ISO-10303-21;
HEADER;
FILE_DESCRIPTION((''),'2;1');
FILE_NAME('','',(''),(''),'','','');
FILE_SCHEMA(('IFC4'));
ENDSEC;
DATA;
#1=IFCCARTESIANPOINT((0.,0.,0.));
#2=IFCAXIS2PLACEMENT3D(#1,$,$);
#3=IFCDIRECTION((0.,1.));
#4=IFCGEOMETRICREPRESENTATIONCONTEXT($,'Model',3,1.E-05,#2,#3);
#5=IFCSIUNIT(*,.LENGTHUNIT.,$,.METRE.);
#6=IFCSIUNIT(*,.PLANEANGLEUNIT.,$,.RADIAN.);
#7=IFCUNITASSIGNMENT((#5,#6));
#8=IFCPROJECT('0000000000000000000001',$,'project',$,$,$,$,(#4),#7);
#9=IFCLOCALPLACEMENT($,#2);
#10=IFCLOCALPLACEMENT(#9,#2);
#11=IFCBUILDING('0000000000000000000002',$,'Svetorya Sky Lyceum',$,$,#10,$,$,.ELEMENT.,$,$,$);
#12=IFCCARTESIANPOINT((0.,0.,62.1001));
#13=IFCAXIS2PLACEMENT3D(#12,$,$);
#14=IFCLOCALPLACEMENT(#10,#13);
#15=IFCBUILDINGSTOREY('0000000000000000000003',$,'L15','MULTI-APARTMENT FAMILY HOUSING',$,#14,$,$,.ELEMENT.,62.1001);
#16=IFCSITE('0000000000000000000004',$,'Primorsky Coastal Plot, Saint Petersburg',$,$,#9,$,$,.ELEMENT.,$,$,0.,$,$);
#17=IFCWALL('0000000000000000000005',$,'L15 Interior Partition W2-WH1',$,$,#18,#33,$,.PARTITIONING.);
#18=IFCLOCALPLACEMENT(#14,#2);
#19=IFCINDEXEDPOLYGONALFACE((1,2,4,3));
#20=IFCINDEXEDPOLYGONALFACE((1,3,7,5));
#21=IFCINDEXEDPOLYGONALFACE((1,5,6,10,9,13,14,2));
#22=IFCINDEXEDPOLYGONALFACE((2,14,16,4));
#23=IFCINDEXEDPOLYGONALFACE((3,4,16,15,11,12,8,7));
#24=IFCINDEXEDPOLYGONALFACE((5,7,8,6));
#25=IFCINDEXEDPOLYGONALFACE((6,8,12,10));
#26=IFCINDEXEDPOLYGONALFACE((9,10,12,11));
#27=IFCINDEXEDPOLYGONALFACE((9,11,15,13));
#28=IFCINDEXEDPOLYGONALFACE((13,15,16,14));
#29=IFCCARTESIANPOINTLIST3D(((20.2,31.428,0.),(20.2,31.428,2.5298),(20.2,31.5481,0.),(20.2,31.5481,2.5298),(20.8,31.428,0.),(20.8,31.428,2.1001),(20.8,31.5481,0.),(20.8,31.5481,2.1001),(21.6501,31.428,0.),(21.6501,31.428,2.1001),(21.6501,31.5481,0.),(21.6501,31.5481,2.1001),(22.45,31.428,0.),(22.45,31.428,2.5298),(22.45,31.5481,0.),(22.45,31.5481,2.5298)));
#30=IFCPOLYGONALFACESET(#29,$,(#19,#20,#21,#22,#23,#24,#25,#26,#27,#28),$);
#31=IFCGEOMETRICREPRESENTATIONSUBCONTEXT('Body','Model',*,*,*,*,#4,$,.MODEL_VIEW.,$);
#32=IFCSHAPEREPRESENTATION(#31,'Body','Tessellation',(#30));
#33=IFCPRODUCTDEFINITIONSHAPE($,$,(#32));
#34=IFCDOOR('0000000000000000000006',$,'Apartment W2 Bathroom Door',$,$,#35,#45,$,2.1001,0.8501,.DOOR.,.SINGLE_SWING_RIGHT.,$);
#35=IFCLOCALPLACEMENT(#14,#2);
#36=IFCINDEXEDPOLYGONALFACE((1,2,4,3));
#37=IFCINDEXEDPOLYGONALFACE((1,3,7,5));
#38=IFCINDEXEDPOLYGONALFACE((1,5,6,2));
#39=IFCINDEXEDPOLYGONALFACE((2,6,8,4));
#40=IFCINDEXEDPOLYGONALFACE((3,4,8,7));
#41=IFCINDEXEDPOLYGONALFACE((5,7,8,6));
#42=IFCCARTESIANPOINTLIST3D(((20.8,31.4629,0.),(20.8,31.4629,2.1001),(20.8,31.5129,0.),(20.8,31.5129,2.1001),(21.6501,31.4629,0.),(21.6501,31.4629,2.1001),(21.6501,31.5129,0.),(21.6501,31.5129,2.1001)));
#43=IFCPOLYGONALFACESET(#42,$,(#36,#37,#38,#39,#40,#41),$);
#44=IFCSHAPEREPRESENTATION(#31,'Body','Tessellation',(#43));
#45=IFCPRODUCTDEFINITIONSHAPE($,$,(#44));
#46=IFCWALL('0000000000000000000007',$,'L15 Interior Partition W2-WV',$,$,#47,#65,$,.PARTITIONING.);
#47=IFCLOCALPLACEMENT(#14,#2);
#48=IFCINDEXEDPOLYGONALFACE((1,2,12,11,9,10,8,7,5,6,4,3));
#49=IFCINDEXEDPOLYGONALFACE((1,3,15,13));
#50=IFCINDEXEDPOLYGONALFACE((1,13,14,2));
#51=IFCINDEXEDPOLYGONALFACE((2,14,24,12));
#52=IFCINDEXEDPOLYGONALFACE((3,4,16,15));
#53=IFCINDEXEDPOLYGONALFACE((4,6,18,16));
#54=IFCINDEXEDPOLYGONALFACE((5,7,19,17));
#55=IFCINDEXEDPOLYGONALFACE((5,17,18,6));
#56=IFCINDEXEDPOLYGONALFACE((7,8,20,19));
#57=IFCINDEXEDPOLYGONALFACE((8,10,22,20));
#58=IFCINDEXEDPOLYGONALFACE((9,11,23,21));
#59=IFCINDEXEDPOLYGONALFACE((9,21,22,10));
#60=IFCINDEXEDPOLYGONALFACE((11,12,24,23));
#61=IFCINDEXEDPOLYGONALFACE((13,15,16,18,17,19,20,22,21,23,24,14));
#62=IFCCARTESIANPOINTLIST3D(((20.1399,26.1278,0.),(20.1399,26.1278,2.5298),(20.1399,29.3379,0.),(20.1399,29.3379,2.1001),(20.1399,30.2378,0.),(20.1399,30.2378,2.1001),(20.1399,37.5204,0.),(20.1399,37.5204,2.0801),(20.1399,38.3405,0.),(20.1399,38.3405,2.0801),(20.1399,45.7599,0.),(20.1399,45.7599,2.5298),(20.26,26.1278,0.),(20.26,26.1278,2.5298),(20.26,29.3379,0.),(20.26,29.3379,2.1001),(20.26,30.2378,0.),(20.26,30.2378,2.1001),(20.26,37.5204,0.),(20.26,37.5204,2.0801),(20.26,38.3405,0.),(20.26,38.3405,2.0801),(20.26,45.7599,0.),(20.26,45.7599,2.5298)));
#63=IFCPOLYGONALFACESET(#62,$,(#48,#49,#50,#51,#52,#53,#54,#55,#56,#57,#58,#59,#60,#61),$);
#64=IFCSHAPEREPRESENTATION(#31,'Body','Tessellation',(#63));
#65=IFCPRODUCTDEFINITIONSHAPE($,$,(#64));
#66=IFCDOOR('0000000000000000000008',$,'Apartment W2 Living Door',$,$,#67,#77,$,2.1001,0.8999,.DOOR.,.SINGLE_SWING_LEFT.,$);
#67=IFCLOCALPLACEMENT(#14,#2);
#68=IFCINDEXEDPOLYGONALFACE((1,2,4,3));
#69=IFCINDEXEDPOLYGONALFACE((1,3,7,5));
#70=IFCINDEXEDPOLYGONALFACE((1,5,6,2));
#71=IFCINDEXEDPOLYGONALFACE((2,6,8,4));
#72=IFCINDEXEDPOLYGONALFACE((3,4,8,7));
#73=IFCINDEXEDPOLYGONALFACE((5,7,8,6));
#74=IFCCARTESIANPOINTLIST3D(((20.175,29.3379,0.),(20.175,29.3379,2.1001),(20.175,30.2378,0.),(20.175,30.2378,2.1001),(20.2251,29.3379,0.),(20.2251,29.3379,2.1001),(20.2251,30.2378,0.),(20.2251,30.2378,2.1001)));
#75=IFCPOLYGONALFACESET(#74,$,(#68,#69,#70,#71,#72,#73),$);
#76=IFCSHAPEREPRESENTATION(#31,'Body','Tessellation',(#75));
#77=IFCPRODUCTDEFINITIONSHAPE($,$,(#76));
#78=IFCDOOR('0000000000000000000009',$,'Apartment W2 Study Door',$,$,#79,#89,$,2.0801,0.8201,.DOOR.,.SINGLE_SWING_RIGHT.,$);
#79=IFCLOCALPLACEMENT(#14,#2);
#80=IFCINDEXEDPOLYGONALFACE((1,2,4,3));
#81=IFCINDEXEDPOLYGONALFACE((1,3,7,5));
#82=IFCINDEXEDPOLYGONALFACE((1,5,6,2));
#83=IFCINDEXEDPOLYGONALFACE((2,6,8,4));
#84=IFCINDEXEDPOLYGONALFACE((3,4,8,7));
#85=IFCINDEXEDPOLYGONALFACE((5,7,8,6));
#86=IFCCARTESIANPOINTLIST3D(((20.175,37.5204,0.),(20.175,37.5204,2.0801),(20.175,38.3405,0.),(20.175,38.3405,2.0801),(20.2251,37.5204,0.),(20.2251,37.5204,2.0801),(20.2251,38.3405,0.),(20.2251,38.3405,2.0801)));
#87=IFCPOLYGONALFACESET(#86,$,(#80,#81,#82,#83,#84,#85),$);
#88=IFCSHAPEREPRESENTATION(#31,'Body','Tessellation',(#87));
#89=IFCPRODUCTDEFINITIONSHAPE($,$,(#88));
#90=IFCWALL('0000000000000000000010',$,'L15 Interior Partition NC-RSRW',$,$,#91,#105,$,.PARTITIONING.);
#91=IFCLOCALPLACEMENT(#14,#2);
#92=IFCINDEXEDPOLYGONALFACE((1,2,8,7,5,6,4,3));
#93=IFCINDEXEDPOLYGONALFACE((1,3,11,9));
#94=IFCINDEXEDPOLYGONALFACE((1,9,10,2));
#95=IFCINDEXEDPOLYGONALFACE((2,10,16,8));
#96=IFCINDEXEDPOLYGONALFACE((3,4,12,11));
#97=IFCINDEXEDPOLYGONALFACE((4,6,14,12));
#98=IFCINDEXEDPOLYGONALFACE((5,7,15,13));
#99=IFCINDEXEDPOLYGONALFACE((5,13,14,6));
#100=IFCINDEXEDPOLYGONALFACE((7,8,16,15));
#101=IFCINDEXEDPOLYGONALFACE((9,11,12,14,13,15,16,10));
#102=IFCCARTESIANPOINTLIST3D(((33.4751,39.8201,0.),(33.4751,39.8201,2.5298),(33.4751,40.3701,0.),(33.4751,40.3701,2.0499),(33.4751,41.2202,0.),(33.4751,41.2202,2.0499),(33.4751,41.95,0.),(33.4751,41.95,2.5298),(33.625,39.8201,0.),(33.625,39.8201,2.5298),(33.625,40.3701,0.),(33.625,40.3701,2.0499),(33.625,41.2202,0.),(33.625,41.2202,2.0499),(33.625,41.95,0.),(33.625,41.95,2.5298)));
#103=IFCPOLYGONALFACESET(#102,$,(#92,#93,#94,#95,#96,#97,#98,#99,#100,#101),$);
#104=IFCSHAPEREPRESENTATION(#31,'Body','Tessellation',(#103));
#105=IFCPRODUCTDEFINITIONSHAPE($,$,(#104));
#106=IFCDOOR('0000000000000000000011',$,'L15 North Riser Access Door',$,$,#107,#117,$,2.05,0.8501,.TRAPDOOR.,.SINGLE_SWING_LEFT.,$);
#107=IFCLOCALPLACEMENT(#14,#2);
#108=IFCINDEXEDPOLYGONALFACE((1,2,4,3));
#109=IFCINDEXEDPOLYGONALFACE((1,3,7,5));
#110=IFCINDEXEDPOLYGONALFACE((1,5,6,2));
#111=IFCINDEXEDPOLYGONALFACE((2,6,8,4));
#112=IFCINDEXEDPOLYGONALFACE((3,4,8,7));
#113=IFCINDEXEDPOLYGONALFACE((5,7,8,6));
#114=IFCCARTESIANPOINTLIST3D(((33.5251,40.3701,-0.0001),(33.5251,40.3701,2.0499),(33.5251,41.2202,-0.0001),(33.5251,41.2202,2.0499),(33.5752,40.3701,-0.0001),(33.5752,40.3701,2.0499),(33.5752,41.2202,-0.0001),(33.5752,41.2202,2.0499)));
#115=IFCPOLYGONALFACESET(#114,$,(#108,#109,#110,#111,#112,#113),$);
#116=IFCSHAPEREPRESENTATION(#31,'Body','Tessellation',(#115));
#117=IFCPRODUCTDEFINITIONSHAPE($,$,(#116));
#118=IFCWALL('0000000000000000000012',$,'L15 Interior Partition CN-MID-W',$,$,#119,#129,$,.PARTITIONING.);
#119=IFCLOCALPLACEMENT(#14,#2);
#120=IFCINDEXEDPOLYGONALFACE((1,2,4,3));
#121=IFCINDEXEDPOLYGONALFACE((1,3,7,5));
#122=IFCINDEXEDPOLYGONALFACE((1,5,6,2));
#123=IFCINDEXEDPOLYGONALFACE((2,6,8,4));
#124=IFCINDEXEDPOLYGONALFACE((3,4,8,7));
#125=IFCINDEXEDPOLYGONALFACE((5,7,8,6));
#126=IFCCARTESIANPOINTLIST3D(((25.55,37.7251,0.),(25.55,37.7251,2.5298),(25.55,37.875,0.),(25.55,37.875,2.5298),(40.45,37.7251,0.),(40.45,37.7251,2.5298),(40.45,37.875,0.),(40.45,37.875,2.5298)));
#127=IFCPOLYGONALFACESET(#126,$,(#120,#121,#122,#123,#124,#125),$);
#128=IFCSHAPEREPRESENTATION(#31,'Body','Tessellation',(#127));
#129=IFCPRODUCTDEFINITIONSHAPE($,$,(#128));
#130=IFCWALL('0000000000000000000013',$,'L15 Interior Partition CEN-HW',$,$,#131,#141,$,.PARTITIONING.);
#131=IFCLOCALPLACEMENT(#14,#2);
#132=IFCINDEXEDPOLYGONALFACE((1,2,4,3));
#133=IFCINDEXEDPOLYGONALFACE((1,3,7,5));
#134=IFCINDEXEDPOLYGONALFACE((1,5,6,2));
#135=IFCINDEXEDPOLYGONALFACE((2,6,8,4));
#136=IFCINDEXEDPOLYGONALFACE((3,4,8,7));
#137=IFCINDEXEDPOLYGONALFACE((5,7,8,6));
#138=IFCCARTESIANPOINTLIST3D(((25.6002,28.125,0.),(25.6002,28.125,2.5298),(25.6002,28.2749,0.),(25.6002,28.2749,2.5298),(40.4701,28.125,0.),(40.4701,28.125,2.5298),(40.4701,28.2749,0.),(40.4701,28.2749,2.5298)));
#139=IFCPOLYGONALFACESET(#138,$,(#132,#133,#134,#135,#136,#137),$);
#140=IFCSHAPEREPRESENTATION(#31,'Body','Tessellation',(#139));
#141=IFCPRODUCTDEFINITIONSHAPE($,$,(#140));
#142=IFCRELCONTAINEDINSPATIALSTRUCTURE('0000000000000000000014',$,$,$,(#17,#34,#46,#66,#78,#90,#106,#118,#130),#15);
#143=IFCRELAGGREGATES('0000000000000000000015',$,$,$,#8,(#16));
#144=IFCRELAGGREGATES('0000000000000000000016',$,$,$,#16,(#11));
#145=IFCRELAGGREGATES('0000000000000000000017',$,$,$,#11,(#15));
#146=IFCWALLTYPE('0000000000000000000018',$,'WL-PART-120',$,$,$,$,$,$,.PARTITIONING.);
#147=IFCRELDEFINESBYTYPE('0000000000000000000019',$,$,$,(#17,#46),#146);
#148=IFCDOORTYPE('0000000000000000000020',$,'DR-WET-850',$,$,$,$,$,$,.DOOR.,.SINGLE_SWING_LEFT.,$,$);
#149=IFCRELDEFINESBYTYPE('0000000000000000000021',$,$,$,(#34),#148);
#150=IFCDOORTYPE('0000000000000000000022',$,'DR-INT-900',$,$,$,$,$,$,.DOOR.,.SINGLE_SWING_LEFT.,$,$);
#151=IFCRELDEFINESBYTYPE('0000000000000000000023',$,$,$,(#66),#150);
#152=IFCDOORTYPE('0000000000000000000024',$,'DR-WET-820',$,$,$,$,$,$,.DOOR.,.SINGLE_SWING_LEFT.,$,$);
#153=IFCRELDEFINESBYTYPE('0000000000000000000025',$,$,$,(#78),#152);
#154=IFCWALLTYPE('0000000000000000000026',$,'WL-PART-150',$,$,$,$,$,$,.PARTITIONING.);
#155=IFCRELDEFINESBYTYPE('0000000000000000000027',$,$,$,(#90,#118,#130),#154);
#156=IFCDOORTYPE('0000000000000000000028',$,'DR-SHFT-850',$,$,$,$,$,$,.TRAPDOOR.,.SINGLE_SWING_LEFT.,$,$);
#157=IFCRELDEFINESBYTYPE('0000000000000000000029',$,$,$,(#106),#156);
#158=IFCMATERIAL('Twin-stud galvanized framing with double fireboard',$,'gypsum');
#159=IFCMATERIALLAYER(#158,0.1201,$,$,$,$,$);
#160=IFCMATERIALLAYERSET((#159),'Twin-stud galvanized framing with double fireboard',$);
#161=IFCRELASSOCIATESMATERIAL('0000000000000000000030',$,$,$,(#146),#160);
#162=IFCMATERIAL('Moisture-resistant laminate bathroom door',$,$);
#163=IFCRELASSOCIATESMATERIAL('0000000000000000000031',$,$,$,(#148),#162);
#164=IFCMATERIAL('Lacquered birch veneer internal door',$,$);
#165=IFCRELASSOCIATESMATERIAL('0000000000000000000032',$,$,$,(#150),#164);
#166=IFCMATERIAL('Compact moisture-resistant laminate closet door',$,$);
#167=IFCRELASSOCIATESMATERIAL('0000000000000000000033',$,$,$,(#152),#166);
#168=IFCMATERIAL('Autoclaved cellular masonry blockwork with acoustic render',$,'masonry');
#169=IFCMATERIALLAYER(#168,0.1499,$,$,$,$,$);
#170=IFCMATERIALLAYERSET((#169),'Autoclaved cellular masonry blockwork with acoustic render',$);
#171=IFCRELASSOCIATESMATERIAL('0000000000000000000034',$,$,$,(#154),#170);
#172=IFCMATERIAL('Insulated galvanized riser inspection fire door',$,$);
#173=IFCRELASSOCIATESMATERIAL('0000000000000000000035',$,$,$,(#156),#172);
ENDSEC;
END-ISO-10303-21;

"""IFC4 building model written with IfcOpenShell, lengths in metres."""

from ifc_helpers import new_model, si_unit, direction, frame, frame_2d, origin, place, context, subcontext, project, spatial, rectangle, extrude, material, layer, layer_set, type_object, element, fill, save


model = new_model("IFC4")

# Units and contexts
model_context = context("Model", 3, precision=1e-05, world=origin(), true_north=direction((0.0, 1.0)))
body_context = subcontext(model_context, "Body", "Model", "MODEL_VIEW")
ifc_project = project(units=[si_unit("LENGTHUNIT", "METRE"), si_unit("PLANEANGLEUNIT", "RADIAN")], contexts=[model_context])

# Site, building, storey
site_placement = place(None, origin())
site = spatial("IfcSite", under=ifc_project, at=site_placement, Name="Primorsky Coastal Plot, Saint Petersburg", CompositionType="ELEMENT", RefElevation=0.0)
building_placement = place(site_placement, origin())
building = spatial("IfcBuilding", under=site, at=building_placement, Name="Svetorya Sky Lyceum", CompositionType="ELEMENT")
storey_placement = place(building_placement, frame((0.0, 0.0, 62.1001)))
storey = spatial("IfcBuildingStorey", under=building, at=storey_placement, Name="L15", Description="MULTI-APARTMENT FAMILY HOUSING", CompositionType="ELEMENT", Elevation=62.1001)

# Wall, opening, door
ifc_material_1 = material(Name="Twin-stud galvanized framing with double fireboard", Category="gypsum")
ifc_layer_1 = layer(ifc_material_1, 0.1201)
ifc_layer_set_1 = layer_set([ifc_layer_1], Name="Twin-stud galvanized framing with double fireboard")
wall_type_1 = type_object("IfcWallType", Name="WL-PART-120", PredefinedType="PARTITIONING", material=ifc_layer_set_1)
wall_1_placement = place(storey_placement, frame((20.2, 31.488, 0.0), z_axis=(0.0, 0.0, 1.0), x_axis=(1.0, 0.0, 0.0)))
wall_1 = element("IfcWall", 1, at=wall_1_placement, inside=storey, type_object=wall_type_1, Name="L15 Interior Partition W2-WH1", PredefinedType="PARTITIONING", context=body_context, shape_type="SweptSolid", body=[
    extrude(rectangle(XDim=2.25, YDim=0.1201, at=frame_2d((1.125, 0.0))), origin(), (0.0, 0.0, 1.0), 2.5298),
])
opening_1_placement = place(wall_1_placement, frame((0.6001, 0.0, 0.0)))
opening_1 = element("IfcOpeningElement", 2, at=opening_1_placement, cuts=wall_1, PredefinedType="OPENING", context=body_context, shape_type="SweptSolid", body=[
    extrude(rectangle(XDim=0.8501, YDim=2.1001, at=frame_2d((0.425, 1.05))), frame((0.0, 0.0701, 0.0), z_axis=(0.0, -1.0, 0.0), x_axis=(1.0, 0.0, 0.0)), (0.0, 0.0, 1.0), 0.1401),
])
ifc_material_2 = material(Name="Moisture-resistant laminate bathroom door")
door_type_1 = type_object("IfcDoorType", Name="DR-WET-850", OperationType="SINGLE_SWING_LEFT", PredefinedType="DOOR", material=ifc_material_2)
door_1_placement = place(opening_1_placement, origin())
door_1 = element("IfcDoor", 3, at=door_1_placement, inside=storey, type_object=door_type_1, Name="Apartment W2 Bathroom Door", OperationType="SINGLE_SWING_RIGHT", OverallHeight=2.1001, OverallWidth=0.8501, PredefinedType="DOOR", context=body_context, shape_type="SweptSolid", body=[
    extrude(rectangle(XDim=0.8501, YDim=2.1001, at=frame_2d((0.425, 1.05))), frame((0.0, 0.0249, 0.0), z_axis=(0.0, -1.0, 0.0), x_axis=(1.0, 0.0, 0.0)), (0.0, 0.0, 1.0), 0.05),
])
fill(opening_1, door_1)

# Wall, openings, doors
wall_2_placement = place(storey_placement, frame((20.2, 26.1279, 0.0), z_axis=(0.0, 0.0, 1.0), x_axis=(0.0, 1.0, 0.0)))
wall_2 = element("IfcWall", 4, at=wall_2_placement, inside=storey, type_object=wall_type_1, Name="L15 Interior Partition W2-WV", PredefinedType="PARTITIONING", context=body_context, shape_type="SweptSolid", body=[
    extrude(rectangle(XDim=19.6321, YDim=0.1201, at=frame_2d((9.8159, 0.0))), origin(), (0.0, 0.0, 1.0), 2.5298),
])
opening_2_placement = place(wall_2_placement, frame((3.21, 0.0, 0.0)))
opening_2 = element("IfcOpeningElement", 5, at=opening_2_placement, cuts=wall_2, PredefinedType="OPENING", context=body_context, shape_type="SweptSolid", body=[
    extrude(rectangle(XDim=0.8999, YDim=2.1001, at=frame_2d((0.45, 1.05))), frame((0.0, 0.0701, 0.0), z_axis=(0.0, -1.0, 0.0), x_axis=(1.0, 0.0, 0.0)), (0.0, 0.0, 1.0), 0.1401),
])
opening_3_placement = place(wall_2_placement, frame((11.3923, 0.0, 0.0)))
opening_3 = element("IfcOpeningElement", 6, at=opening_3_placement, cuts=wall_2, PredefinedType="OPENING", context=body_context, shape_type="SweptSolid", body=[
    extrude(rectangle(XDim=0.8201, YDim=2.0801, at=frame_2d((0.4102, 1.04))), frame((0.0, 0.0701, 0.0), z_axis=(0.0, -1.0, 0.0), x_axis=(1.0, 0.0, 0.0)), (0.0, 0.0, 1.0), 0.1401),
])
ifc_material_3 = material(Name="Lacquered birch veneer internal door")
door_type_2 = type_object("IfcDoorType", Name="DR-INT-900", OperationType="SINGLE_SWING_LEFT", PredefinedType="DOOR", material=ifc_material_3)
door_2_placement = place(opening_2_placement, origin())
door_2 = element("IfcDoor", 7, at=door_2_placement, inside=storey, type_object=door_type_2, Name="Apartment W2 Living Door", OperationType="SINGLE_SWING_LEFT", OverallHeight=2.1001, OverallWidth=0.8999, PredefinedType="DOOR", context=body_context, shape_type="SweptSolid", body=[
    extrude(rectangle(XDim=0.8999, YDim=2.1001, at=frame_2d((0.45, 1.05))), frame((0.0, 0.0249, 0.0), z_axis=(0.0, -1.0, 0.0), x_axis=(1.0, 0.0, 0.0)), (0.0, 0.0, 1.0), 0.05),
])
fill(opening_2, door_2)
ifc_material_4 = material(Name="Compact moisture-resistant laminate closet door")
door_type_3 = type_object("IfcDoorType", Name="DR-WET-820", OperationType="SINGLE_SWING_LEFT", PredefinedType="DOOR", material=ifc_material_4)
door_3_placement = place(opening_3_placement, origin())
door_3 = element("IfcDoor", 8, at=door_3_placement, inside=storey, type_object=door_type_3, Name="Apartment W2 Study Door", OperationType="SINGLE_SWING_RIGHT", OverallHeight=2.0801, OverallWidth=0.8201, PredefinedType="DOOR", context=body_context, shape_type="SweptSolid", body=[
    extrude(rectangle(XDim=0.8201, YDim=2.0801, at=frame_2d((0.4102, 1.04))), frame((0.0, 0.0249, 0.0), z_axis=(0.0, -1.0, 0.0), x_axis=(1.0, 0.0, 0.0)), (0.0, 0.0, 1.0), 0.05),
])
fill(opening_3, door_3)

# Wall, opening, door
ifc_material_5 = material(Name="Autoclaved cellular masonry blockwork with acoustic render", Category="masonry")
ifc_layer_2 = layer(ifc_material_5, 0.1499)
ifc_layer_set_2 = layer_set([ifc_layer_2], Name="Autoclaved cellular masonry blockwork with acoustic render")
wall_type_2 = type_object("IfcWallType", Name="WL-PART-150", PredefinedType="PARTITIONING", material=ifc_layer_set_2)
wall_3_placement = place(storey_placement, frame((33.55, 39.8201, 0.0), z_axis=(0.0, 0.0, 1.0), x_axis=(0.0, 1.0, 0.0)))
wall_3 = element("IfcWall", 9, at=wall_3_placement, inside=storey, type_object=wall_type_2, Name="L15 Interior Partition NC-RSRW", PredefinedType="PARTITIONING", context=body_context, shape_type="SweptSolid", body=[
    extrude(rectangle(XDim=2.1299, YDim=0.1499, at=frame_2d((1.0649, 0.0))), origin(), (0.0, 0.0, 1.0), 2.5298),
])
opening_4_placement = place(wall_3_placement, frame((0.55, 0.0, 0.0)))
opening_4 = element("IfcOpeningElement", 10, at=opening_4_placement, cuts=wall_3, PredefinedType="OPENING", context=body_context, shape_type="SweptSolid", body=[
    extrude(rectangle(XDim=0.8501, YDim=2.05, at=frame_2d((0.425, 1.0249))), frame((0.0, 0.085, 0.0), z_axis=(0.0, -1.0, 0.0), x_axis=(1.0, 0.0, 0.0)), (0.0, 0.0, 1.0), 0.1699),
])
ifc_material_6 = material(Name="Insulated galvanized riser inspection fire door")
door_type_4 = type_object("IfcDoorType", Name="DR-SHFT-850", OperationType="SINGLE_SWING_LEFT", PredefinedType="TRAPDOOR", material=ifc_material_6)
door_4_placement = place(opening_4_placement, origin())
door_4 = element("IfcDoor", 11, at=door_4_placement, inside=storey, type_object=door_type_4, Name="L15 North Riser Access Door", OperationType="SINGLE_SWING_LEFT", OverallHeight=2.05, OverallWidth=0.8501, PredefinedType="TRAPDOOR", context=body_context, shape_type="SweptSolid", body=[
    extrude(rectangle(XDim=0.8501, YDim=2.05, at=frame_2d((0.425, 1.0249))), frame((0.0, 0.0249, 0.0), z_axis=(0.0, -1.0, 0.0), x_axis=(1.0, 0.0, 0.0)), (0.0, 0.0, 1.0), 0.05),
])
fill(opening_4, door_4)

# Walls
wall_4_placement = place(storey_placement, frame((25.55, 37.8, 0.0), z_axis=(0.0, 0.0, 1.0), x_axis=(1.0, 0.0, 0.0)))
element("IfcWall", 12, at=wall_4_placement, inside=storey, type_object=wall_type_2, Name="L15 Interior Partition CN-MID-W", PredefinedType="PARTITIONING", context=body_context, shape_type="SweptSolid", body=[
    extrude(rectangle(XDim=14.8999, YDim=0.1499, at=frame_2d((7.45, 0.0))), origin(), (0.0, 0.0, 1.0), 2.5298),
])
wall_5_placement = place(storey_placement, frame((25.6001, 28.2, 0.0), z_axis=(0.0, 0.0, 1.0), x_axis=(1.0, 0.0, 0.0)))
element("IfcWall", 13, at=wall_5_placement, inside=storey, type_object=wall_type_2, Name="L15 Interior Partition CEN-HW", PredefinedType="PARTITIONING", context=body_context, shape_type="SweptSolid", body=[
    extrude(rectangle(XDim=14.8699, YDim=0.1499, at=frame_2d((7.4351, 0.0))), origin(), (0.0, 0.0, 1.0), 2.5298),
])

save(model, "model.ifc")
